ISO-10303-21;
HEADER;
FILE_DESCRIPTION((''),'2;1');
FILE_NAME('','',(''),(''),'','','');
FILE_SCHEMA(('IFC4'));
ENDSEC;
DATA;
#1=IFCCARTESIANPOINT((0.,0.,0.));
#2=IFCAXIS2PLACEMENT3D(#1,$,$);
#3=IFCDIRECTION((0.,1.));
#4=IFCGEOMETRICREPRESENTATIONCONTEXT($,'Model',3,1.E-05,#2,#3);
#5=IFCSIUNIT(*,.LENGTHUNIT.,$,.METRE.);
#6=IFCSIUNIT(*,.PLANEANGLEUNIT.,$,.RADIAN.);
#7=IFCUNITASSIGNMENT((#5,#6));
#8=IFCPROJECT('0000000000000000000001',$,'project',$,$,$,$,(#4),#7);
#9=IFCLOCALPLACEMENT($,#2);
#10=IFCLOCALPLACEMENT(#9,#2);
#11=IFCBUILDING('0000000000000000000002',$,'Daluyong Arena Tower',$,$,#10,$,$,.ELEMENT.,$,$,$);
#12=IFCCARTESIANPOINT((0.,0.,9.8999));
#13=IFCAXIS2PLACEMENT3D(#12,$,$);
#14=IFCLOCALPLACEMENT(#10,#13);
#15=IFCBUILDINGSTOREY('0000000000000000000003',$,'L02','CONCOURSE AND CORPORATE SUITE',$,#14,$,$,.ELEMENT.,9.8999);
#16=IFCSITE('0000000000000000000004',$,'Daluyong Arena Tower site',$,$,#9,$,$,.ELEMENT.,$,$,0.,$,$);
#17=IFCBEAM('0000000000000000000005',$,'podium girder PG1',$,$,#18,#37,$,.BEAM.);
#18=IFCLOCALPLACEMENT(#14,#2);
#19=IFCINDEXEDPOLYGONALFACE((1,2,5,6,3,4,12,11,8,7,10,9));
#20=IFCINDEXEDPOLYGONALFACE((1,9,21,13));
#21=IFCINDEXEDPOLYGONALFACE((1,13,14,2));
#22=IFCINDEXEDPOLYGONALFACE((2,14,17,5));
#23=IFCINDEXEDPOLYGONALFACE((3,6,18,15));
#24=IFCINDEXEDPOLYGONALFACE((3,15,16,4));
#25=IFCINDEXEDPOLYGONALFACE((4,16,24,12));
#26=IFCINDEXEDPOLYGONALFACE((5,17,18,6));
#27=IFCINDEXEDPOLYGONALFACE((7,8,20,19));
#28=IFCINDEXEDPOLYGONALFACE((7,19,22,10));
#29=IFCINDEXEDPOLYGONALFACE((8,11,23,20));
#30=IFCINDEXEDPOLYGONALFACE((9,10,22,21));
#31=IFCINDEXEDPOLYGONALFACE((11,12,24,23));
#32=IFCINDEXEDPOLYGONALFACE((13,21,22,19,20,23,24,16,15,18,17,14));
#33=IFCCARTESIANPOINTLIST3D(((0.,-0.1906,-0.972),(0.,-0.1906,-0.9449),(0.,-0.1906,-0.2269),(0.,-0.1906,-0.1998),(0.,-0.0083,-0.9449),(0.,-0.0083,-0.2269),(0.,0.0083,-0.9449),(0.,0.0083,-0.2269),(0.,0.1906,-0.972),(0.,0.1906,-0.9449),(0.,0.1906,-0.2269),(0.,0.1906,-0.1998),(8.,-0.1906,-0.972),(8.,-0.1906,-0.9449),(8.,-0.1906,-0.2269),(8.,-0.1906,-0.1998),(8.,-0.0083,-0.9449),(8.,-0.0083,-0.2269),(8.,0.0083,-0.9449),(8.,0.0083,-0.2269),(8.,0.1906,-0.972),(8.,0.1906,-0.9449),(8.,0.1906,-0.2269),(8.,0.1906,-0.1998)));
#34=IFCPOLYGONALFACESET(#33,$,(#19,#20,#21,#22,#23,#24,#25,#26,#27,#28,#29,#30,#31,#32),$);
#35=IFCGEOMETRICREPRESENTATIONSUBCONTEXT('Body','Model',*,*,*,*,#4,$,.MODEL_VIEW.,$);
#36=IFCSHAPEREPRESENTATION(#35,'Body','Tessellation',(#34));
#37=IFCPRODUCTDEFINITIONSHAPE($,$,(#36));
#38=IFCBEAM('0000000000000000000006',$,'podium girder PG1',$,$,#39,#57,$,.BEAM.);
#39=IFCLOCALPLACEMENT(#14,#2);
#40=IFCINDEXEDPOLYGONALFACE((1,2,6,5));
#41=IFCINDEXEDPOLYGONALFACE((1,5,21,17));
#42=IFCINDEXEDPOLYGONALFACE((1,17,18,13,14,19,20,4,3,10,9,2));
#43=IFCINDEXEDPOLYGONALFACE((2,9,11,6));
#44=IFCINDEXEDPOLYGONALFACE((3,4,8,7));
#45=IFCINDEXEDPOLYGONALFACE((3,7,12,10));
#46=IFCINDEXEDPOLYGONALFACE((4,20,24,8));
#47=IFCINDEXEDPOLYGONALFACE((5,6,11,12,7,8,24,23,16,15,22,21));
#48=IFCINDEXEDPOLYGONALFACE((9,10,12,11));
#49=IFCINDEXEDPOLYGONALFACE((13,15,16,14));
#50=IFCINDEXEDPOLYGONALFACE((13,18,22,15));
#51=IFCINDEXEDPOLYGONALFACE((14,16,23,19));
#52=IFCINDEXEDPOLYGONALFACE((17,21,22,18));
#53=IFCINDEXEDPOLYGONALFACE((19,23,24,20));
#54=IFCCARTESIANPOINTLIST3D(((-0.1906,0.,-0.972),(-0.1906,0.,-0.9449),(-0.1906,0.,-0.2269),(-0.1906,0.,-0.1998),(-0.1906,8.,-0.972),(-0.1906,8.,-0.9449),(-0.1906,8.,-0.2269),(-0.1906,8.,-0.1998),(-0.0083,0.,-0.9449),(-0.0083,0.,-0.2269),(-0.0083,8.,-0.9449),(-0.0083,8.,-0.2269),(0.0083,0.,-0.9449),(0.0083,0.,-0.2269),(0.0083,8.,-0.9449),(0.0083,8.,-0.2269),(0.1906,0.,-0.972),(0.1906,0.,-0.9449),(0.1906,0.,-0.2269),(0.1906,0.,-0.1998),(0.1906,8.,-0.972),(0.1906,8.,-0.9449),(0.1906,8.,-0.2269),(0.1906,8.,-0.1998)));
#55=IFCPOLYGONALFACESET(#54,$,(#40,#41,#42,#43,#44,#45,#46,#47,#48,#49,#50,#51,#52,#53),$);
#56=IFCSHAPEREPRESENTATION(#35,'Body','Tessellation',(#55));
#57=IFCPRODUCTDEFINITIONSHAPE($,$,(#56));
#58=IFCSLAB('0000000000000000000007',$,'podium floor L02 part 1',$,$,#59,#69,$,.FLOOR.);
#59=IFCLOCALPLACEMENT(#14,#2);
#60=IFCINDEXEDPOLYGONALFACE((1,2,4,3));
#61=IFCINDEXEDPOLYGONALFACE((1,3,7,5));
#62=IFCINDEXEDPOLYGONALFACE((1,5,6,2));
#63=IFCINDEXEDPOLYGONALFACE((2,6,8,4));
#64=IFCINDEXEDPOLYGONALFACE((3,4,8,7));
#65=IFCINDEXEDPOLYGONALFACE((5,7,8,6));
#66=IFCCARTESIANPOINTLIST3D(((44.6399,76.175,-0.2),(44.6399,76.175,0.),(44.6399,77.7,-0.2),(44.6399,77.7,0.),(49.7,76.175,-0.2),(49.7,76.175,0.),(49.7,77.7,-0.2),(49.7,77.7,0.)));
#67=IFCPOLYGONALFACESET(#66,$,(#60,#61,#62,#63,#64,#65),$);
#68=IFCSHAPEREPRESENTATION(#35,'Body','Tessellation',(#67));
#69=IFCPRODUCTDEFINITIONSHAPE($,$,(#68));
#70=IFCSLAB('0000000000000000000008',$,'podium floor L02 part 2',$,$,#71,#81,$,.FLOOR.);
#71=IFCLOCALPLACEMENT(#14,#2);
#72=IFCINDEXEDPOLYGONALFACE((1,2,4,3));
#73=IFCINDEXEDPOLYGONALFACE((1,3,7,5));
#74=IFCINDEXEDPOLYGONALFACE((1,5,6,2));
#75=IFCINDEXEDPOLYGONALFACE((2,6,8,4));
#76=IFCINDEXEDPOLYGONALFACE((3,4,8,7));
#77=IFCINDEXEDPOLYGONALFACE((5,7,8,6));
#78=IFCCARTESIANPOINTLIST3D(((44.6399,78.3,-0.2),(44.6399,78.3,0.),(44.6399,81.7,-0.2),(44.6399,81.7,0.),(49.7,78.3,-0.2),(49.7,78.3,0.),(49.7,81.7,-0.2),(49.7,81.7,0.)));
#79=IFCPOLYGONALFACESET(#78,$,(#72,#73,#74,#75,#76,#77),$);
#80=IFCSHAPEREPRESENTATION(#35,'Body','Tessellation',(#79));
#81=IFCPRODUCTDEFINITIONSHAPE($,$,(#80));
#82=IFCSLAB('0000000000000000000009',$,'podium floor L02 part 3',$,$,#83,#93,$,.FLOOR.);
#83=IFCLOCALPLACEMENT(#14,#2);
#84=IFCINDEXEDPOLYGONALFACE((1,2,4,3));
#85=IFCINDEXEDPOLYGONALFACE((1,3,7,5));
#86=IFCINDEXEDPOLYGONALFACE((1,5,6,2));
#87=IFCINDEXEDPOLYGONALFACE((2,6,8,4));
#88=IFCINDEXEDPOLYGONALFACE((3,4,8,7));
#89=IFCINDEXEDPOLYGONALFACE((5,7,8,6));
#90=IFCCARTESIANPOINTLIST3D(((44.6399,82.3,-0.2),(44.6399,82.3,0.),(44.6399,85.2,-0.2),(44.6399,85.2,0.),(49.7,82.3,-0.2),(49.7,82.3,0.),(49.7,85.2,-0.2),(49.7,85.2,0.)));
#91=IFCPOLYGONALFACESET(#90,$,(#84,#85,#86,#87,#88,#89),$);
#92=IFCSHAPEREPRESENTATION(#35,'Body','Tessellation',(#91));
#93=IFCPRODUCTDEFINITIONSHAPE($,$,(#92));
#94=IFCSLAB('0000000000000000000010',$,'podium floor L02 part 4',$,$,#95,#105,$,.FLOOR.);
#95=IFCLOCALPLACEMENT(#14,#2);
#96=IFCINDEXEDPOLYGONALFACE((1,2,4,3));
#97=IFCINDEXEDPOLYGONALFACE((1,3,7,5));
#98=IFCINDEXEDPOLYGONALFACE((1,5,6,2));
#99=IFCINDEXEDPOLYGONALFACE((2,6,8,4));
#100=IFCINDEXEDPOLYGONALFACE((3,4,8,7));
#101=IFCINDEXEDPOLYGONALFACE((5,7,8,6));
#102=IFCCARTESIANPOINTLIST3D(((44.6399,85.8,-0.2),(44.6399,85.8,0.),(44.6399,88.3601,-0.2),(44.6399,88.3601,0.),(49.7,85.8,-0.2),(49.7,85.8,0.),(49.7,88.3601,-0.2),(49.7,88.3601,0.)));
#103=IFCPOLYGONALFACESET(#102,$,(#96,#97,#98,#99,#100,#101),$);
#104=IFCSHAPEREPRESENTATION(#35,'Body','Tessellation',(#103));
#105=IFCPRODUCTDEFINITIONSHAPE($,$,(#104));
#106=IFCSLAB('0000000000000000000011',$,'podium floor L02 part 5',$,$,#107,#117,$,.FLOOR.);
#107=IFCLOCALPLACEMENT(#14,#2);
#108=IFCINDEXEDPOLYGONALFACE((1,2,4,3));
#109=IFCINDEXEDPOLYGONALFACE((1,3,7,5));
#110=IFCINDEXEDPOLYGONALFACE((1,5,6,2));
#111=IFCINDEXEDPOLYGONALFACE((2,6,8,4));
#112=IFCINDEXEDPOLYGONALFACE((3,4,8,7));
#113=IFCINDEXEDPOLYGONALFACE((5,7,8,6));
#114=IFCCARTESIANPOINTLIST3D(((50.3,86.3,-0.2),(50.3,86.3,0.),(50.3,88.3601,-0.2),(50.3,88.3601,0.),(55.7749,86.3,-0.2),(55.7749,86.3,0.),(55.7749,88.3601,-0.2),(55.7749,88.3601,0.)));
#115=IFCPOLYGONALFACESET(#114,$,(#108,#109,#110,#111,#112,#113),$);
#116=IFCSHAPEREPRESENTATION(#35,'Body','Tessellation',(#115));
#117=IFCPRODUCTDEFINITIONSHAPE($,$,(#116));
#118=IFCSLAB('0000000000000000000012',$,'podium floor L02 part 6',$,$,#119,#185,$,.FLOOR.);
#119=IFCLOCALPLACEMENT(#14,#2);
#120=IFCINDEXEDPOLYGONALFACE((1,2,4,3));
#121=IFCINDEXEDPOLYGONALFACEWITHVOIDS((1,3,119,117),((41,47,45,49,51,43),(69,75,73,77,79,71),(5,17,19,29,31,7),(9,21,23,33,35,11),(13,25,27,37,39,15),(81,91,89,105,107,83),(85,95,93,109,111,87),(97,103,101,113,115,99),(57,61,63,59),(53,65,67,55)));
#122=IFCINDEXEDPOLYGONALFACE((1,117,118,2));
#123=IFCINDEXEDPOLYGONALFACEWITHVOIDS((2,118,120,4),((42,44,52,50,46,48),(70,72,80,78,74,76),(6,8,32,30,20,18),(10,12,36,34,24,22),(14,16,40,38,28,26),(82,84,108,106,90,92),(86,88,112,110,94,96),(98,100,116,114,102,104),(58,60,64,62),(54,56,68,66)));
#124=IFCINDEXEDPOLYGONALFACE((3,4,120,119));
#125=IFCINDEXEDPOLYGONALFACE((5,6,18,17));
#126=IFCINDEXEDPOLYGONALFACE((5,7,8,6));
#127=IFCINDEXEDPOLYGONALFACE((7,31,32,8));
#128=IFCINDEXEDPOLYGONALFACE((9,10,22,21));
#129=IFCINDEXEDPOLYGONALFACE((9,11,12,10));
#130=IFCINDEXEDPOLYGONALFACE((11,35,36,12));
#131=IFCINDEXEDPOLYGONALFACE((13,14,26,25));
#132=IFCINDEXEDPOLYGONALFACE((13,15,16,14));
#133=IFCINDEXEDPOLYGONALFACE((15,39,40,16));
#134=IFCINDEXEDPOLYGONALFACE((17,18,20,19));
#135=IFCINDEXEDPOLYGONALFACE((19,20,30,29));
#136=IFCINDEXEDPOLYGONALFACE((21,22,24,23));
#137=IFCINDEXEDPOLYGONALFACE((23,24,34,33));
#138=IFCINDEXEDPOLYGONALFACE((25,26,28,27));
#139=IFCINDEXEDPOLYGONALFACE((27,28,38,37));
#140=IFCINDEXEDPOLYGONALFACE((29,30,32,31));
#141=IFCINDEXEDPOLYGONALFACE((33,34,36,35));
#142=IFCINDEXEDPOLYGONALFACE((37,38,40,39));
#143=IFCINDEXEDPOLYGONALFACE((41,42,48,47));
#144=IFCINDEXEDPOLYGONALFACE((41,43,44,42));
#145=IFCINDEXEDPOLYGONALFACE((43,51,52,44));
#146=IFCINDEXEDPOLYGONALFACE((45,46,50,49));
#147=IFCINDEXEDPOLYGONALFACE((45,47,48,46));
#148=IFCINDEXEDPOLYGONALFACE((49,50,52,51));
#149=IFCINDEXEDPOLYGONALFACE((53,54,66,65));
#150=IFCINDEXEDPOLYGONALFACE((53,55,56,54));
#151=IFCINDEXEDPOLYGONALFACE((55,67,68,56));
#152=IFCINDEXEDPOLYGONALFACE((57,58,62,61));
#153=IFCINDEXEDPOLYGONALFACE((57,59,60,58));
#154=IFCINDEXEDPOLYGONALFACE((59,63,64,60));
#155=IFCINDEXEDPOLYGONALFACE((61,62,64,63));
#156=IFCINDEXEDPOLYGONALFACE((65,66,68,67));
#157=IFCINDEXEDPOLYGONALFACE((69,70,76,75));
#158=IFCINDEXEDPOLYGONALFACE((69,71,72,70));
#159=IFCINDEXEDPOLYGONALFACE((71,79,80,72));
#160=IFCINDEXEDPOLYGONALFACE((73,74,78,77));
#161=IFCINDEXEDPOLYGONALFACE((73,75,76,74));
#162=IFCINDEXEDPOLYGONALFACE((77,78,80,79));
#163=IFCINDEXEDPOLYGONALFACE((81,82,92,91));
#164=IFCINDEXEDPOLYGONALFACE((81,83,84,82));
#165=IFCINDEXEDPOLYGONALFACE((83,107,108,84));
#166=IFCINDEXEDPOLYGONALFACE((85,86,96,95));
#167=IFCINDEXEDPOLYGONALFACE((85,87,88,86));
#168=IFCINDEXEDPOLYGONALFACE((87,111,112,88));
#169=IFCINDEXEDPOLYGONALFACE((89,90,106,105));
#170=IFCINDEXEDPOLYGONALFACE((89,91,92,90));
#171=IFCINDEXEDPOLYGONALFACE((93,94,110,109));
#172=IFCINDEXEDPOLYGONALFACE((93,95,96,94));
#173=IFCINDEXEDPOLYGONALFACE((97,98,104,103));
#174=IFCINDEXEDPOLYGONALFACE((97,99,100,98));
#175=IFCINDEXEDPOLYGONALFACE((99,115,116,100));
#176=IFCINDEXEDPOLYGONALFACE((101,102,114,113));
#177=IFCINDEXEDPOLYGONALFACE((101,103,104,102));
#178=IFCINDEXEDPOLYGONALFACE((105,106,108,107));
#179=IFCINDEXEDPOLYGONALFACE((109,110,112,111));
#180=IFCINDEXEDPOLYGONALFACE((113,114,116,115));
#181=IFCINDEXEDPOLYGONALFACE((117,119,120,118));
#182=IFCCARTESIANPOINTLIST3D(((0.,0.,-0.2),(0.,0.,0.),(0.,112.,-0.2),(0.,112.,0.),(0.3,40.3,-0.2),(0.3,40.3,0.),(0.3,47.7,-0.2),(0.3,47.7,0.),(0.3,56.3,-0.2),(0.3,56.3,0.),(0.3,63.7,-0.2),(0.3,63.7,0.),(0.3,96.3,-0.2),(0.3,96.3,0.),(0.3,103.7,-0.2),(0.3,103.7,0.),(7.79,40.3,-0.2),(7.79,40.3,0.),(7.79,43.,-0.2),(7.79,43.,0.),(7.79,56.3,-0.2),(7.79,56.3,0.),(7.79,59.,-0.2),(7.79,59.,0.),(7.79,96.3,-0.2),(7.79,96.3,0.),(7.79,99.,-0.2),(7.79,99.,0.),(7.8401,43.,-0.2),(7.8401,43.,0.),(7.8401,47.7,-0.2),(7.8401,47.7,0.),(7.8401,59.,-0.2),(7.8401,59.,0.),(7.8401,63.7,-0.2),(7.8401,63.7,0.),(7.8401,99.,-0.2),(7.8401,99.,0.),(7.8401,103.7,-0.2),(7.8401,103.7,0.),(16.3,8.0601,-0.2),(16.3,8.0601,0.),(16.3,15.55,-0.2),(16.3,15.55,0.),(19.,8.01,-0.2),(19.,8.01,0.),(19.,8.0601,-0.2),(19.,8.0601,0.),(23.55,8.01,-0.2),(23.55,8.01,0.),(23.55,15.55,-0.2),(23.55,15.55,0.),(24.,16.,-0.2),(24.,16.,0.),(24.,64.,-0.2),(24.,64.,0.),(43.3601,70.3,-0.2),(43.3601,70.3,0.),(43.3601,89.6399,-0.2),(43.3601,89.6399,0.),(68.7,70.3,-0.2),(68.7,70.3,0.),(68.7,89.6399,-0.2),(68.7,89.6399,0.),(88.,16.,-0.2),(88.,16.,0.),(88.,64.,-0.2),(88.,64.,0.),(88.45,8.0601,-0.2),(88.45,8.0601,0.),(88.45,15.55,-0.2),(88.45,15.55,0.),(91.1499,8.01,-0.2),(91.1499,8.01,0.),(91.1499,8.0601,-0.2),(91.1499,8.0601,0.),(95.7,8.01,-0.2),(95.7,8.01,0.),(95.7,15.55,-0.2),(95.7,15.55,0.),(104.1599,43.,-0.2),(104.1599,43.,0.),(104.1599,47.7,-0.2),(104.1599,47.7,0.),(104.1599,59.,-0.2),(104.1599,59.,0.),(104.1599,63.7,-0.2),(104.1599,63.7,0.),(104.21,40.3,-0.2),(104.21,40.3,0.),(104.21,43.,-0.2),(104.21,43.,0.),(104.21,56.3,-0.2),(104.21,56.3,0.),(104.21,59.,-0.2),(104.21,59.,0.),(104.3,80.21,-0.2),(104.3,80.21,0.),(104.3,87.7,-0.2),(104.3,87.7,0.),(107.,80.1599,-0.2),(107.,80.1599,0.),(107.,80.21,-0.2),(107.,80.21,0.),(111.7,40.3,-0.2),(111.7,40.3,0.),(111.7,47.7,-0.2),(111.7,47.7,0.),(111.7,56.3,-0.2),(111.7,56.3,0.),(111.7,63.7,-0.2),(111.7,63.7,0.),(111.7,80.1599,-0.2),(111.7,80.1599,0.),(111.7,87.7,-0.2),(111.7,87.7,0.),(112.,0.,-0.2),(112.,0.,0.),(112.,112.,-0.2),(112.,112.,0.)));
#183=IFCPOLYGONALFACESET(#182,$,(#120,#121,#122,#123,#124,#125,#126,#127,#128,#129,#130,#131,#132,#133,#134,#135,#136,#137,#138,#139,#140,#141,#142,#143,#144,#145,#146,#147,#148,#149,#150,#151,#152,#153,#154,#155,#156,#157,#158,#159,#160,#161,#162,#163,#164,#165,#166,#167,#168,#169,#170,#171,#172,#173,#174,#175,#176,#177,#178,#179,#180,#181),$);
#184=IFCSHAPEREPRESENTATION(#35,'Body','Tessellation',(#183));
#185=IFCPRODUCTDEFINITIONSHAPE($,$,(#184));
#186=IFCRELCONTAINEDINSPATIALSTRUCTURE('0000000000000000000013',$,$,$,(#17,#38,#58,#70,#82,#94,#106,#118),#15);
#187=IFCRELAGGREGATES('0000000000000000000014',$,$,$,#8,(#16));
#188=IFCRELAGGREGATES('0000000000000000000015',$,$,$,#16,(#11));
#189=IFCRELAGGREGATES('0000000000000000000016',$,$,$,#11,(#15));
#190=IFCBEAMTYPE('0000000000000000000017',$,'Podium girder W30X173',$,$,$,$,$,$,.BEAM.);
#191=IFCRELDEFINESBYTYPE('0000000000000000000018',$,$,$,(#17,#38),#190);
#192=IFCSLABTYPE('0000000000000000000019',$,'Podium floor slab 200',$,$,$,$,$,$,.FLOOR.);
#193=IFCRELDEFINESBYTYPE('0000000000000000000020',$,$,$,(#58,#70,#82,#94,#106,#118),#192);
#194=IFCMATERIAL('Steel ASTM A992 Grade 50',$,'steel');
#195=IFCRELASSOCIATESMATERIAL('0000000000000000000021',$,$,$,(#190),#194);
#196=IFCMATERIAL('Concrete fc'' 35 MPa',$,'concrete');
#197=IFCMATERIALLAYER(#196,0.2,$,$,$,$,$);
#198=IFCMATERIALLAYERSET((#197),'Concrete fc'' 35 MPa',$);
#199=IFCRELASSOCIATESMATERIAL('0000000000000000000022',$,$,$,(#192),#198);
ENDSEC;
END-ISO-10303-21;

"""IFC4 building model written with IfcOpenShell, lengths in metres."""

from ifc_helpers import new_model, si_unit, direction, frame, origin, origin_2d, place, context, subcontext, project, spatial, polyline, i_section, outline, extrude, material, layer, layer_set, material_profile, profile_set, type_object, element, save


model = new_model("IFC4")

# Units and contexts
model_context = context("Model", 3, precision=1e-05, world=origin(), true_north=direction((0.0, 1.0)))
body_context = subcontext(model_context, "Body", "Model", "MODEL_VIEW")
ifc_project = project(units=[si_unit("LENGTHUNIT", "METRE"), si_unit("PLANEANGLEUNIT", "RADIAN")], contexts=[model_context])

# Site, building, storey
site_placement = place(None, origin())
site = spatial("IfcSite", under=ifc_project, at=site_placement, Name="Daluyong Arena Tower site", CompositionType="ELEMENT", RefElevation=0.0)
building_placement = place(site_placement, origin())
building = spatial("IfcBuilding", under=site, at=building_placement, Name="Daluyong Arena Tower", CompositionType="ELEMENT")
storey_placement = place(building_placement, frame((0.0, 0.0, 9.8999)))
storey = spatial("IfcBuildingStorey", under=building, at=storey_placement, Name="L02", Description="CONCOURSE AND CORPORATE SUITE", CompositionType="ELEMENT", Elevation=9.8999)

# Beams
ifc_material_1 = material(Name="Steel ASTM A992 Grade 50", Category="steel")
ifc_material_profile = material_profile(ifc_material_1, i_section(OverallWidth=0.3811, OverallDepth=0.7722, WebThickness=0.0166, FlangeThickness=0.0271, at=origin_2d()))
ifc_profile_set = profile_set([ifc_material_profile], Name="Steel ASTM A992 Grade 50")
beam_type = type_object("IfcBeamType", Name="Podium girder W30X173", PredefinedType="BEAM", material=ifc_profile_set)
for number, where, z_axis, x_axis, name in (
    (1, (0.0, 0.0, -0.5859), (1.0, 0.0, 0.0), (0.0, 1.0, 0.0), "podium girder PG1"),
    (2, (0.0, 0.0, -0.5859), (0.0, 1.0, 0.0), (-1.0, 0.0, 0.0), "podium girder PG1"),
):
    element("IfcBeam", number, at=place(storey_placement, frame(where, z_axis=z_axis, x_axis=x_axis)), inside=storey, type_object=beam_type, Name=name, PredefinedType="BEAM", context=body_context, shape_type="SweptSolid", body=[
        extrude(i_section(OverallWidth=0.3811, OverallDepth=0.7722, WebThickness=0.0166, FlangeThickness=0.0271, at=origin_2d()), origin(), (0.0, 0.0, 1.0), 8.0),
    ])

# Slabs
ifc_material_2 = material(Name="Concrete fc' 35 MPa", Category="concrete")
ifc_layer = layer(ifc_material_2, 0.2)
ifc_layer_set = layer_set([ifc_layer], Name="Concrete fc' 35 MPa")
slab_type = type_object("IfcSlabType", Name="Podium floor slab 200", PredefinedType="FLOOR", material=ifc_layer_set)
slab_1_placement = place(storey_placement, frame((0.0, 0.0, -0.2)))
element("IfcSlab", 3, at=slab_1_placement, inside=storey, type_object=slab_type, Name="podium floor L02 part 1", PredefinedType="FLOOR", context=body_context, shape_type="SweptSolid", body=[
    extrude(outline(polyline([(49.7, 76.175), (49.7, 77.7), (44.6399, 77.7), (44.6399, 76.175), (49.7, 76.175)])), origin(), (0.0, 0.0, 1.0), 0.2),
])
slab_2_placement = place(storey_placement, frame((0.0, 0.0, -0.2)))
element("IfcSlab", 4, at=slab_2_placement, inside=storey, type_object=slab_type, Name="podium floor L02 part 2", PredefinedType="FLOOR", context=body_context, shape_type="SweptSolid", body=[
    extrude(outline(polyline([(44.6399, 78.3), (49.7, 78.3), (49.7, 81.7), (44.6399, 81.7), (44.6399, 78.3)])), origin(), (0.0, 0.0, 1.0), 0.2),
])
slab_3_placement = place(storey_placement, frame((0.0, 0.0, -0.2)))
element("IfcSlab", 5, at=slab_3_placement, inside=storey, type_object=slab_type, Name="podium floor L02 part 3", PredefinedType="FLOOR", context=body_context, shape_type="SweptSolid", body=[
    extrude(outline(polyline([(44.6399, 82.3), (49.7, 82.3), (49.7, 85.2), (44.6399, 85.2), (44.6399, 82.3)])), origin(), (0.0, 0.0, 1.0), 0.2),
])
slab_4_placement = place(storey_placement, frame((0.0, 0.0, -0.2)))
element("IfcSlab", 6, at=slab_4_placement, inside=storey, type_object=slab_type, Name="podium floor L02 part 4", PredefinedType="FLOOR", context=body_context, shape_type="SweptSolid", body=[
    extrude(outline(polyline([(44.6399, 88.3601), (44.6399, 85.8), (49.7, 85.8), (49.7, 88.3601), (44.6399, 88.3601)])), origin(), (0.0, 0.0, 1.0), 0.2),
])
slab_5_placement = place(storey_placement, frame((0.0, 0.0, -0.2)))
element("IfcSlab", 7, at=slab_5_placement, inside=storey, type_object=slab_type, Name="podium floor L02 part 5", PredefinedType="FLOOR", context=body_context, shape_type="SweptSolid", body=[
    extrude(outline(polyline([(50.3, 88.3601), (50.3, 86.3), (55.7749, 86.3), (55.7749, 88.3601), (50.3, 88.3601)])), origin(), (0.0, 0.0, 1.0), 0.2),
])
slab_6_placement = place(storey_placement, frame((0.0, 0.0, -0.2)))
element("IfcSlab", 8, at=slab_6_placement, inside=storey, type_object=slab_type, Name="podium floor L02 part 6", PredefinedType="FLOOR", context=body_context, shape_type="SweptSolid", body=[
    extrude(outline(polyline([(0.0, 112.0), (0.0, 0.0), (112.0, 0.0), (112.0, 112.0), (0.0, 112.0)]), holes=[polyline([(24.0, 64.0), (88.0, 64.0), (88.0, 16.0), (24.0, 16.0), (24.0, 64.0)]), polyline([(23.55, 15.55), (23.55, 8.01), (19.0, 8.01), (19.0, 8.0601), (16.3, 8.0601), (16.3, 15.55), (23.55, 15.55)]), polyline([(7.79, 40.3), (0.3, 40.3), (0.3, 47.7), (7.8401, 47.7), (7.8401, 43.0), (7.79, 43.0), (7.79, 40.3)]), polyline([(7.79, 56.3), (0.3, 56.3), (0.3, 63.7), (7.8401, 63.7), (7.8401, 59.0), (7.79, 59.0), (7.79, 56.3)]), polyline([(68.7, 89.6399), (68.7, 70.3), (43.3601, 70.3), (43.3601, 89.6399), (68.7, 89.6399)]), polyline([(7.79, 99.0), (7.79, 96.3), (0.3, 96.3), (0.3, 103.7), (7.8401, 103.7), (7.8401, 99.0), (7.79, 99.0)]), polyline([(95.7, 8.01), (91.1499, 8.01), (91.1499, 8.0601), (88.45, 8.0601), (88.45, 15.55), (95.7, 15.55), (95.7, 8.01)]), polyline([(104.1599, 43.0), (104.1599, 47.7), (111.7, 47.7), (111.7, 40.3), (104.21, 40.3), (104.21, 43.0), (104.1599, 43.0)]), polyline([(104.21, 59.0), (104.1599, 59.0), (104.1599, 63.7), (111.7, 63.7), (111.7, 56.3), (104.21, 56.3), (104.21, 59.0)]), polyline([(107.0, 80.1599), (107.0, 80.21), (104.3, 80.21), (104.3, 87.7), (111.7, 87.7), (111.7, 80.1599), (107.0, 80.1599)])]), origin(), (0.0, 0.0, 1.0), 0.2),
])

save(model, "model.ifc")
